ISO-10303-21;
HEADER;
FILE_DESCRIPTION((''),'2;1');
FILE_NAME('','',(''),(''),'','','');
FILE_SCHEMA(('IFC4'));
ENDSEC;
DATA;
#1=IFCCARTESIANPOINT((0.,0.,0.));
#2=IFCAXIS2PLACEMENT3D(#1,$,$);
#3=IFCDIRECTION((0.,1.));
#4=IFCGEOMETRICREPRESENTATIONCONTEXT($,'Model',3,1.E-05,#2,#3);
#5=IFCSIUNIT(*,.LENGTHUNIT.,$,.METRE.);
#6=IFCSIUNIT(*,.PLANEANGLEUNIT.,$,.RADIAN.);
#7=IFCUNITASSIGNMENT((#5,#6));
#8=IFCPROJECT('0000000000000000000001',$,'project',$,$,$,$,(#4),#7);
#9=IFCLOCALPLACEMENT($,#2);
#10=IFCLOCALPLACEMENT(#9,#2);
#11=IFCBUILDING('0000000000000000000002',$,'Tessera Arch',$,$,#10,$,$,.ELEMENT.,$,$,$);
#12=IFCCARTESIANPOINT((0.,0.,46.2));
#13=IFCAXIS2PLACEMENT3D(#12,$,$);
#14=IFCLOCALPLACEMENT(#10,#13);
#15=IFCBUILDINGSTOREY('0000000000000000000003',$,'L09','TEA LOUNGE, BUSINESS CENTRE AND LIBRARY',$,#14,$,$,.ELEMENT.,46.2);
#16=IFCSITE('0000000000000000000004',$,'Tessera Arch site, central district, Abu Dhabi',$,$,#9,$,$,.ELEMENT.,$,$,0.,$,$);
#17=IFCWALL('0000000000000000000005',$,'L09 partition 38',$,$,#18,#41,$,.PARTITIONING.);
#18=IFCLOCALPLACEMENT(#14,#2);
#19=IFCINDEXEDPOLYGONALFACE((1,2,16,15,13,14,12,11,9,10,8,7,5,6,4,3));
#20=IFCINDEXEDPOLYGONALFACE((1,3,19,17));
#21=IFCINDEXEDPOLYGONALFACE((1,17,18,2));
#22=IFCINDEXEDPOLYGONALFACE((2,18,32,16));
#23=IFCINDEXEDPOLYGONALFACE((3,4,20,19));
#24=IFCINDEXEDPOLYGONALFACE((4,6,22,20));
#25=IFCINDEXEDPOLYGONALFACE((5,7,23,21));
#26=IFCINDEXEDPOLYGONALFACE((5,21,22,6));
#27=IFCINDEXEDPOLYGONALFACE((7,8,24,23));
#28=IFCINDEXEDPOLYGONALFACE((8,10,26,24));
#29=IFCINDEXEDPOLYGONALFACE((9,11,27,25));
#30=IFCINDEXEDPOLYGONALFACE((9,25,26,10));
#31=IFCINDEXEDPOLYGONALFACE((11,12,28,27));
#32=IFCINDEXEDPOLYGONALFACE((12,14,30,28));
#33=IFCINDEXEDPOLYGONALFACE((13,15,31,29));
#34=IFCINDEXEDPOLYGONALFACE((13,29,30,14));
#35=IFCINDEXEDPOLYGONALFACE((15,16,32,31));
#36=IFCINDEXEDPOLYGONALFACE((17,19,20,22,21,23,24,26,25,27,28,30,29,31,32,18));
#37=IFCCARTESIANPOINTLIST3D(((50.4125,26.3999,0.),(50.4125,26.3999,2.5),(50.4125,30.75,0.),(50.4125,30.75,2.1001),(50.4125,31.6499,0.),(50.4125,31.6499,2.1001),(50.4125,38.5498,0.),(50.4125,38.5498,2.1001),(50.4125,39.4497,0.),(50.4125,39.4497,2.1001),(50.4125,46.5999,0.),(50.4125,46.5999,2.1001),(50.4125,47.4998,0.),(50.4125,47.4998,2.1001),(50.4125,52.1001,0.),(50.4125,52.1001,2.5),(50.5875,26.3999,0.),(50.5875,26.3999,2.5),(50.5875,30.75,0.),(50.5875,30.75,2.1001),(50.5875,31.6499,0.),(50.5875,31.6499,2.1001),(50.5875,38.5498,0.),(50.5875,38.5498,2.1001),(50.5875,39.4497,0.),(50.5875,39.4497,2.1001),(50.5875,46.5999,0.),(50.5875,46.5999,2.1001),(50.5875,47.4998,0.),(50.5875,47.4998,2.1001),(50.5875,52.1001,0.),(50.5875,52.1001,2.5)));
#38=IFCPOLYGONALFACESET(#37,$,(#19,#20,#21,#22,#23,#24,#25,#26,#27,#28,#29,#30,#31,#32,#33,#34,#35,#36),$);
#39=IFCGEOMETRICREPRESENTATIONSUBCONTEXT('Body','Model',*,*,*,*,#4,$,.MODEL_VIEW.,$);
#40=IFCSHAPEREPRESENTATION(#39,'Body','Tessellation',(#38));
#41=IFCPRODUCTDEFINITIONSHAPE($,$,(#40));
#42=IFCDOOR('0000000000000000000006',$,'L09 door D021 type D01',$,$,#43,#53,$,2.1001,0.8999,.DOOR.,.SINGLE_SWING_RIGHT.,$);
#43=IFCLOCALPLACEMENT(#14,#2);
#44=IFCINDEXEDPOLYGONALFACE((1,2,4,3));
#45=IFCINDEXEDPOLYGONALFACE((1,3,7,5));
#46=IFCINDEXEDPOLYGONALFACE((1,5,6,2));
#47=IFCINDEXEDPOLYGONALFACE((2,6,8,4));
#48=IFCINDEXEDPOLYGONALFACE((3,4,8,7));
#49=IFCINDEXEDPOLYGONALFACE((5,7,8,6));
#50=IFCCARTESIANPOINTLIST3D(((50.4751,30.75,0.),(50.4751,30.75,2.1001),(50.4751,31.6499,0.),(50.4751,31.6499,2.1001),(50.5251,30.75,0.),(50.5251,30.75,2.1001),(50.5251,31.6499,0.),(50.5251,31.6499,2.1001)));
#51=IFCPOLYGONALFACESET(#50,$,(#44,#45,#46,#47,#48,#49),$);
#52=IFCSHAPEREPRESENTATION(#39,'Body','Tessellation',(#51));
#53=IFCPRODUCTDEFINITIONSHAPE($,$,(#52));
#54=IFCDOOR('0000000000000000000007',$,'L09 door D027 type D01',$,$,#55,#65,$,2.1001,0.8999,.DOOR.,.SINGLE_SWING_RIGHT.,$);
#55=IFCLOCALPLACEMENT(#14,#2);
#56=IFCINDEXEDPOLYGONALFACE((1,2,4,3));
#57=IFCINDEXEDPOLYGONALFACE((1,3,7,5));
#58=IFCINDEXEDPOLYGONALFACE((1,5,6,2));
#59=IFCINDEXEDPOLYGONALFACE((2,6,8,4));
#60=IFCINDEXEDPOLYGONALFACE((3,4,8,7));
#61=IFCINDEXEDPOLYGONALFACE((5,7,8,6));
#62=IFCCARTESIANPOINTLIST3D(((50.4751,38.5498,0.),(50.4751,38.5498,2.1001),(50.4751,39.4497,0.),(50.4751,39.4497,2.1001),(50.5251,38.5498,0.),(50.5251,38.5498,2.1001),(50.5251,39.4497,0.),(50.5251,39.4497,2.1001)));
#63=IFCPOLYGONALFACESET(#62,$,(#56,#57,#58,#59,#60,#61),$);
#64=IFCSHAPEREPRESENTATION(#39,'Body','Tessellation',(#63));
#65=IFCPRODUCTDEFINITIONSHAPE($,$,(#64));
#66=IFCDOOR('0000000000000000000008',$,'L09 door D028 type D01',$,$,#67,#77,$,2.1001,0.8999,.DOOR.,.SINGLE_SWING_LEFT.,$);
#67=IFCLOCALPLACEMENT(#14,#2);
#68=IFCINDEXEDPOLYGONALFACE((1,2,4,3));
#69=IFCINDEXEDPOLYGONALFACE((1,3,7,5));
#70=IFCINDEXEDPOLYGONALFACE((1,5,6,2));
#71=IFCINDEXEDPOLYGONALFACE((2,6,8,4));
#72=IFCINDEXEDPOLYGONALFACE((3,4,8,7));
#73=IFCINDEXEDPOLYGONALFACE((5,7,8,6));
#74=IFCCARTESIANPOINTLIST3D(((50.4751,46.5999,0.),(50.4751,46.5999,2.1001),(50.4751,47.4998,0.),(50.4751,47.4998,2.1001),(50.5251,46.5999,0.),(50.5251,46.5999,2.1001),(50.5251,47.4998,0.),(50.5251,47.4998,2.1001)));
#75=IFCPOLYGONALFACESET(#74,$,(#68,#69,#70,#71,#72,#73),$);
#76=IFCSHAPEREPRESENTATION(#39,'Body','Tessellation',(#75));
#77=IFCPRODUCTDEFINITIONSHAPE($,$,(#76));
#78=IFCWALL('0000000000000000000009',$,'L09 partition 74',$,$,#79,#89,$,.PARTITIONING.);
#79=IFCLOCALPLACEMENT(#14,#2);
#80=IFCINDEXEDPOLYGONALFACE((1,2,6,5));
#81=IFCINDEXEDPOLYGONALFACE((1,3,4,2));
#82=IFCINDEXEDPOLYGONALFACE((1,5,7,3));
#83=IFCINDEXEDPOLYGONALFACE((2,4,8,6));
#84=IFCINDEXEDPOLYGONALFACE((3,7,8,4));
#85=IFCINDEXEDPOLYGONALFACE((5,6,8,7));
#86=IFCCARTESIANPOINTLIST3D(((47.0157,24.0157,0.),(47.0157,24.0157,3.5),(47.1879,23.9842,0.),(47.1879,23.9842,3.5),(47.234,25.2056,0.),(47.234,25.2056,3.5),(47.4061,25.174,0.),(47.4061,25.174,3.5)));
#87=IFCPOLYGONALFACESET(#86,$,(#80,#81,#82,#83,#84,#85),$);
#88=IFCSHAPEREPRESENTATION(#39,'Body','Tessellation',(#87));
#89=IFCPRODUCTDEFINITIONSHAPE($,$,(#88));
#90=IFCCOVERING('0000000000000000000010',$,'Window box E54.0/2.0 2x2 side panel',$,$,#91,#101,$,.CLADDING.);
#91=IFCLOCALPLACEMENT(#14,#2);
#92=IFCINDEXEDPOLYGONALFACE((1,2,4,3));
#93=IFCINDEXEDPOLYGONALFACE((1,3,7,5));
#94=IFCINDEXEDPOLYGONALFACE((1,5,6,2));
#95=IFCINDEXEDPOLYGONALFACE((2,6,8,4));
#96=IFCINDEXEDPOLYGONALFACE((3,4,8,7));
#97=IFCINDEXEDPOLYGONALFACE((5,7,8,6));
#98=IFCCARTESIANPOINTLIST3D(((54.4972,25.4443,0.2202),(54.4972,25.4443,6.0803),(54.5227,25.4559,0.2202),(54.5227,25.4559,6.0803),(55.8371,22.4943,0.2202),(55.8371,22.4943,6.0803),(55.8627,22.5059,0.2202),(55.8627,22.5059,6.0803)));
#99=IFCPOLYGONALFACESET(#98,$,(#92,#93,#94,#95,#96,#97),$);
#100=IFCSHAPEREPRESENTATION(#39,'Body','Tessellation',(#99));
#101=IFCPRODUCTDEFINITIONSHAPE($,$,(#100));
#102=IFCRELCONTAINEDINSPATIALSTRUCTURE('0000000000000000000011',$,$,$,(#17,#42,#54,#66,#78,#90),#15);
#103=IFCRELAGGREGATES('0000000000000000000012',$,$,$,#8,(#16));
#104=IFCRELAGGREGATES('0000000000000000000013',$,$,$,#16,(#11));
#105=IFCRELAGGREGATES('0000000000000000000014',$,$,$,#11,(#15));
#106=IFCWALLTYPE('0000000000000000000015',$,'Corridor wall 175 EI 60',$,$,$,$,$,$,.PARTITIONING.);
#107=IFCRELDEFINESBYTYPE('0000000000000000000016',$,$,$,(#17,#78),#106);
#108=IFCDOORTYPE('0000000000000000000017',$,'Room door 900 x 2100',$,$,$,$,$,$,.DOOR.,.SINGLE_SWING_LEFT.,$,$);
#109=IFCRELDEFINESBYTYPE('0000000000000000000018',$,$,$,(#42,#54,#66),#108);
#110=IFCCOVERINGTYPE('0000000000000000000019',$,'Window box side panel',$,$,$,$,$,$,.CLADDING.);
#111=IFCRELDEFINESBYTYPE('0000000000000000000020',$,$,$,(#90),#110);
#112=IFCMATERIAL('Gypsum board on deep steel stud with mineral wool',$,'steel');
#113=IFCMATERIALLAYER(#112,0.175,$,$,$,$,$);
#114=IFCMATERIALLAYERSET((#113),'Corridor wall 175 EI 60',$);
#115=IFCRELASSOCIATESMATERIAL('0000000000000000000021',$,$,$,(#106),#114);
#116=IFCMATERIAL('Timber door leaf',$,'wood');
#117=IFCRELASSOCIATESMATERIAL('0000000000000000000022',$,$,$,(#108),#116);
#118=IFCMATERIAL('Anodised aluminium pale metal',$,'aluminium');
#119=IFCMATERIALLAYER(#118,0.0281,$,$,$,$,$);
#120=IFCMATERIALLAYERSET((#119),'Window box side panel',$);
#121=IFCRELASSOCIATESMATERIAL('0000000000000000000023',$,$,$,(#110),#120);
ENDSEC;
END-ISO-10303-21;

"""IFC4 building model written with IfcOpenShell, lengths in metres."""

from ifc_helpers import new_model, si_unit, direction, frame, frame_2d, origin, origin_2d, place, context, subcontext, project, spatial, rectangle, extrude, material, layer, layer_set, type_object, element, fill, save


model = new_model("IFC4")

# Units and contexts
model_context = context("Model", 3, precision=1e-05, world=origin(), true_north=direction((0.0, 1.0)))
body_context = subcontext(model_context, "Body", "Model", "MODEL_VIEW")
ifc_project = project(units=[si_unit("LENGTHUNIT", "METRE"), si_unit("PLANEANGLEUNIT", "RADIAN")], contexts=[model_context])

# Site, building, storey
site_placement = place(None, origin())
site = spatial("IfcSite", under=ifc_project, at=site_placement, Name="Tessera Arch site, central district, Abu Dhabi", CompositionType="ELEMENT", RefElevation=0.0)
building_placement = place(site_placement, origin())
building = spatial("IfcBuilding", under=site, at=building_placement, Name="Tessera Arch", CompositionType="ELEMENT")
storey_placement = place(building_placement, frame((0.0, 0.0, 46.2)))
storey = spatial("IfcBuildingStorey", under=building, at=storey_placement, Name="L09", Description="TEA LOUNGE, BUSINESS CENTRE AND LIBRARY", CompositionType="ELEMENT", Elevation=46.2)

# Shared definitions
ifc_material_1 = material(Name="Gypsum board on deep steel stud with mineral wool", Category="steel")
ifc_layer_1 = layer(ifc_material_1, 0.175)
ifc_layer_set_1 = layer_set([ifc_layer_1], Name="Corridor wall 175 EI 60")
wall_type = type_object("IfcWallType", Name="Corridor wall 175 EI 60", PredefinedType="PARTITIONING", material=ifc_layer_set_1)

# Wall, openings, doors
wall_1_placement = place(storey_placement, frame((50.5, 26.3999, 0.0), z_axis=(0.0, 0.0, 1.0), x_axis=(0.0, 1.0, 0.0)))
wall_1 = element("IfcWall", 1, at=wall_1_placement, inside=storey, type_object=wall_type, Name="L09 partition 38", PredefinedType="PARTITIONING", context=body_context, shape_type="SweptSolid", body=[
    extrude(rectangle(XDim=25.7002, YDim=0.175, at=frame_2d((12.8501, 0.0))), origin(), (0.0, 0.0, 1.0), 2.5),
])
opening_1_placement = place(wall_1_placement, frame((4.3501, 0.0, 0.0)))
opening_1 = element("IfcOpeningElement", 2, at=opening_1_placement, cuts=wall_1, PredefinedType="OPENING", context=body_context, shape_type="SweptSolid", body=[
    extrude(rectangle(XDim=0.8999, YDim=2.1001, at=frame_2d((0.45, 1.05))), frame((0.0, 0.0974, 0.0), z_axis=(0.0, -1.0, 0.0), x_axis=(1.0, 0.0, 0.0)), (0.0, 0.0, 1.0), 0.1951),
])
opening_2_placement = place(wall_1_placement, frame((12.1499, 0.0, 0.0)))
opening_2 = element("IfcOpeningElement", 3, at=opening_2_placement, cuts=wall_1, PredefinedType="OPENING", context=body_context, shape_type="SweptSolid", body=[
    extrude(rectangle(XDim=0.8999, YDim=2.1001, at=frame_2d((0.45, 1.05))), frame((0.0, 0.0974, 0.0), z_axis=(0.0, -1.0, 0.0), x_axis=(1.0, 0.0, 0.0)), (0.0, 0.0, 1.0), 0.1951),
])
opening_3_placement = place(wall_1_placement, frame((20.2, 0.0, 0.0)))
opening_3 = element("IfcOpeningElement", 4, at=opening_3_placement, cuts=wall_1, PredefinedType="OPENING", context=body_context, shape_type="SweptSolid", body=[
    extrude(rectangle(XDim=0.8999, YDim=2.1001, at=frame_2d((0.45, 1.05))), frame((0.0, 0.0974, 0.0), z_axis=(0.0, -1.0, 0.0), x_axis=(1.0, 0.0, 0.0)), (0.0, 0.0, 1.0), 0.1951),
])
ifc_material_2 = material(Name="Timber door leaf", Category="wood")
door_type = type_object("IfcDoorType", Name="Room door 900 x 2100", OperationType="SINGLE_SWING_LEFT", PredefinedType="DOOR", material=ifc_material_2)
door_1_placement = place(opening_1_placement, origin())
door_1 = element("IfcDoor", 5, at=door_1_placement, inside=storey, type_object=door_type, Name="L09 door D021 type D01", OperationType="SINGLE_SWING_RIGHT", OverallHeight=2.1001, OverallWidth=0.8999, PredefinedType="DOOR", context=body_context, shape_type="SweptSolid", body=[
    extrude(rectangle(XDim=0.8999, YDim=2.1001, at=frame_2d((0.45, 1.05))), frame((0.0, 0.0249, 0.0), z_axis=(0.0, -1.0, 0.0), x_axis=(1.0, 0.0, 0.0)), (0.0, 0.0, 1.0), 0.05),
])
fill(opening_1, door_1)
door_2_placement = place(opening_2_placement, origin())
door_2 = element("IfcDoor", 6, at=door_2_placement, inside=storey, type_object=door_type, Name="L09 door D027 type D01", OperationType="SINGLE_SWING_RIGHT", OverallHeight=2.1001, OverallWidth=0.8999, PredefinedType="DOOR", context=body_context, shape_type="SweptSolid", body=[
    extrude(rectangle(XDim=0.8999, YDim=2.1001, at=frame_2d((0.45, 1.05))), frame((0.0, 0.0249, 0.0), z_axis=(0.0, -1.0, 0.0), x_axis=(1.0, 0.0, 0.0)), (0.0, 0.0, 1.0), 0.05),
])
fill(opening_2, door_2)
door_3_placement = place(opening_3_placement, origin())
door_3 = element("IfcDoor", 7, at=door_3_placement, inside=storey, type_object=door_type, Name="L09 door D028 type D01", OperationType="SINGLE_SWING_LEFT", OverallHeight=2.1001, OverallWidth=0.8999, PredefinedType="DOOR", context=body_context, shape_type="SweptSolid", body=[
    extrude(rectangle(XDim=0.8999, YDim=2.1001, at=frame_2d((0.45, 1.05))), frame((0.0, 0.0249, 0.0), z_axis=(0.0, -1.0, 0.0), x_axis=(1.0, 0.0, 0.0)), (0.0, 0.0, 1.0), 0.05),
])
fill(opening_3, door_3)

# Wall
wall_2_placement = place(storey_placement, frame((47.3201, 25.1899, 0.0), z_axis=(0.0, 0.0, 1.0), x_axis=(-0.180412, -0.983591, 0.0)))
element("IfcWall", 8, at=wall_2_placement, inside=storey, type_object=wall_type, Name="L09 partition 74", PredefinedType="PARTITIONING", context=body_context, shape_type="SweptSolid", body=[
    extrude(rectangle(XDim=1.2097, YDim=0.175, at=frame_2d((0.605, 0.0))), origin(), (0.0, 0.0, 1.0), 3.5),
])

# Covering
ifc_material_3 = material(Name="Anodised aluminium pale metal", Category="aluminium")
ifc_layer_2 = layer(ifc_material_3, 0.0281)
ifc_layer_set_2 = layer_set([ifc_layer_2], Name="Window box side panel")
covering_type = type_object("IfcCoveringType", Name="Window box side panel", PredefinedType="CLADDING", material=ifc_layer_set_2)
covering_placement = place(storey_placement, frame((55.1799, 23.9751, 0.2202), z_axis=(0.0, 0.0, 1.0), x_axis=(0.41357, -0.910472, 0.0)))
element("IfcCovering", 9, at=covering_placement, inside=storey, type_object=covering_type, Name="Window box E54.0/2.0 2x2 side panel", PredefinedType="CLADDING", context=body_context, shape_type="SweptSolid", body=[
    extrude(rectangle(XDim=3.24, YDim=0.0281, at=origin_2d()), origin(), (0.0, 0.0, 1.0), 5.8601),
])

save(model, "model.ifc")
